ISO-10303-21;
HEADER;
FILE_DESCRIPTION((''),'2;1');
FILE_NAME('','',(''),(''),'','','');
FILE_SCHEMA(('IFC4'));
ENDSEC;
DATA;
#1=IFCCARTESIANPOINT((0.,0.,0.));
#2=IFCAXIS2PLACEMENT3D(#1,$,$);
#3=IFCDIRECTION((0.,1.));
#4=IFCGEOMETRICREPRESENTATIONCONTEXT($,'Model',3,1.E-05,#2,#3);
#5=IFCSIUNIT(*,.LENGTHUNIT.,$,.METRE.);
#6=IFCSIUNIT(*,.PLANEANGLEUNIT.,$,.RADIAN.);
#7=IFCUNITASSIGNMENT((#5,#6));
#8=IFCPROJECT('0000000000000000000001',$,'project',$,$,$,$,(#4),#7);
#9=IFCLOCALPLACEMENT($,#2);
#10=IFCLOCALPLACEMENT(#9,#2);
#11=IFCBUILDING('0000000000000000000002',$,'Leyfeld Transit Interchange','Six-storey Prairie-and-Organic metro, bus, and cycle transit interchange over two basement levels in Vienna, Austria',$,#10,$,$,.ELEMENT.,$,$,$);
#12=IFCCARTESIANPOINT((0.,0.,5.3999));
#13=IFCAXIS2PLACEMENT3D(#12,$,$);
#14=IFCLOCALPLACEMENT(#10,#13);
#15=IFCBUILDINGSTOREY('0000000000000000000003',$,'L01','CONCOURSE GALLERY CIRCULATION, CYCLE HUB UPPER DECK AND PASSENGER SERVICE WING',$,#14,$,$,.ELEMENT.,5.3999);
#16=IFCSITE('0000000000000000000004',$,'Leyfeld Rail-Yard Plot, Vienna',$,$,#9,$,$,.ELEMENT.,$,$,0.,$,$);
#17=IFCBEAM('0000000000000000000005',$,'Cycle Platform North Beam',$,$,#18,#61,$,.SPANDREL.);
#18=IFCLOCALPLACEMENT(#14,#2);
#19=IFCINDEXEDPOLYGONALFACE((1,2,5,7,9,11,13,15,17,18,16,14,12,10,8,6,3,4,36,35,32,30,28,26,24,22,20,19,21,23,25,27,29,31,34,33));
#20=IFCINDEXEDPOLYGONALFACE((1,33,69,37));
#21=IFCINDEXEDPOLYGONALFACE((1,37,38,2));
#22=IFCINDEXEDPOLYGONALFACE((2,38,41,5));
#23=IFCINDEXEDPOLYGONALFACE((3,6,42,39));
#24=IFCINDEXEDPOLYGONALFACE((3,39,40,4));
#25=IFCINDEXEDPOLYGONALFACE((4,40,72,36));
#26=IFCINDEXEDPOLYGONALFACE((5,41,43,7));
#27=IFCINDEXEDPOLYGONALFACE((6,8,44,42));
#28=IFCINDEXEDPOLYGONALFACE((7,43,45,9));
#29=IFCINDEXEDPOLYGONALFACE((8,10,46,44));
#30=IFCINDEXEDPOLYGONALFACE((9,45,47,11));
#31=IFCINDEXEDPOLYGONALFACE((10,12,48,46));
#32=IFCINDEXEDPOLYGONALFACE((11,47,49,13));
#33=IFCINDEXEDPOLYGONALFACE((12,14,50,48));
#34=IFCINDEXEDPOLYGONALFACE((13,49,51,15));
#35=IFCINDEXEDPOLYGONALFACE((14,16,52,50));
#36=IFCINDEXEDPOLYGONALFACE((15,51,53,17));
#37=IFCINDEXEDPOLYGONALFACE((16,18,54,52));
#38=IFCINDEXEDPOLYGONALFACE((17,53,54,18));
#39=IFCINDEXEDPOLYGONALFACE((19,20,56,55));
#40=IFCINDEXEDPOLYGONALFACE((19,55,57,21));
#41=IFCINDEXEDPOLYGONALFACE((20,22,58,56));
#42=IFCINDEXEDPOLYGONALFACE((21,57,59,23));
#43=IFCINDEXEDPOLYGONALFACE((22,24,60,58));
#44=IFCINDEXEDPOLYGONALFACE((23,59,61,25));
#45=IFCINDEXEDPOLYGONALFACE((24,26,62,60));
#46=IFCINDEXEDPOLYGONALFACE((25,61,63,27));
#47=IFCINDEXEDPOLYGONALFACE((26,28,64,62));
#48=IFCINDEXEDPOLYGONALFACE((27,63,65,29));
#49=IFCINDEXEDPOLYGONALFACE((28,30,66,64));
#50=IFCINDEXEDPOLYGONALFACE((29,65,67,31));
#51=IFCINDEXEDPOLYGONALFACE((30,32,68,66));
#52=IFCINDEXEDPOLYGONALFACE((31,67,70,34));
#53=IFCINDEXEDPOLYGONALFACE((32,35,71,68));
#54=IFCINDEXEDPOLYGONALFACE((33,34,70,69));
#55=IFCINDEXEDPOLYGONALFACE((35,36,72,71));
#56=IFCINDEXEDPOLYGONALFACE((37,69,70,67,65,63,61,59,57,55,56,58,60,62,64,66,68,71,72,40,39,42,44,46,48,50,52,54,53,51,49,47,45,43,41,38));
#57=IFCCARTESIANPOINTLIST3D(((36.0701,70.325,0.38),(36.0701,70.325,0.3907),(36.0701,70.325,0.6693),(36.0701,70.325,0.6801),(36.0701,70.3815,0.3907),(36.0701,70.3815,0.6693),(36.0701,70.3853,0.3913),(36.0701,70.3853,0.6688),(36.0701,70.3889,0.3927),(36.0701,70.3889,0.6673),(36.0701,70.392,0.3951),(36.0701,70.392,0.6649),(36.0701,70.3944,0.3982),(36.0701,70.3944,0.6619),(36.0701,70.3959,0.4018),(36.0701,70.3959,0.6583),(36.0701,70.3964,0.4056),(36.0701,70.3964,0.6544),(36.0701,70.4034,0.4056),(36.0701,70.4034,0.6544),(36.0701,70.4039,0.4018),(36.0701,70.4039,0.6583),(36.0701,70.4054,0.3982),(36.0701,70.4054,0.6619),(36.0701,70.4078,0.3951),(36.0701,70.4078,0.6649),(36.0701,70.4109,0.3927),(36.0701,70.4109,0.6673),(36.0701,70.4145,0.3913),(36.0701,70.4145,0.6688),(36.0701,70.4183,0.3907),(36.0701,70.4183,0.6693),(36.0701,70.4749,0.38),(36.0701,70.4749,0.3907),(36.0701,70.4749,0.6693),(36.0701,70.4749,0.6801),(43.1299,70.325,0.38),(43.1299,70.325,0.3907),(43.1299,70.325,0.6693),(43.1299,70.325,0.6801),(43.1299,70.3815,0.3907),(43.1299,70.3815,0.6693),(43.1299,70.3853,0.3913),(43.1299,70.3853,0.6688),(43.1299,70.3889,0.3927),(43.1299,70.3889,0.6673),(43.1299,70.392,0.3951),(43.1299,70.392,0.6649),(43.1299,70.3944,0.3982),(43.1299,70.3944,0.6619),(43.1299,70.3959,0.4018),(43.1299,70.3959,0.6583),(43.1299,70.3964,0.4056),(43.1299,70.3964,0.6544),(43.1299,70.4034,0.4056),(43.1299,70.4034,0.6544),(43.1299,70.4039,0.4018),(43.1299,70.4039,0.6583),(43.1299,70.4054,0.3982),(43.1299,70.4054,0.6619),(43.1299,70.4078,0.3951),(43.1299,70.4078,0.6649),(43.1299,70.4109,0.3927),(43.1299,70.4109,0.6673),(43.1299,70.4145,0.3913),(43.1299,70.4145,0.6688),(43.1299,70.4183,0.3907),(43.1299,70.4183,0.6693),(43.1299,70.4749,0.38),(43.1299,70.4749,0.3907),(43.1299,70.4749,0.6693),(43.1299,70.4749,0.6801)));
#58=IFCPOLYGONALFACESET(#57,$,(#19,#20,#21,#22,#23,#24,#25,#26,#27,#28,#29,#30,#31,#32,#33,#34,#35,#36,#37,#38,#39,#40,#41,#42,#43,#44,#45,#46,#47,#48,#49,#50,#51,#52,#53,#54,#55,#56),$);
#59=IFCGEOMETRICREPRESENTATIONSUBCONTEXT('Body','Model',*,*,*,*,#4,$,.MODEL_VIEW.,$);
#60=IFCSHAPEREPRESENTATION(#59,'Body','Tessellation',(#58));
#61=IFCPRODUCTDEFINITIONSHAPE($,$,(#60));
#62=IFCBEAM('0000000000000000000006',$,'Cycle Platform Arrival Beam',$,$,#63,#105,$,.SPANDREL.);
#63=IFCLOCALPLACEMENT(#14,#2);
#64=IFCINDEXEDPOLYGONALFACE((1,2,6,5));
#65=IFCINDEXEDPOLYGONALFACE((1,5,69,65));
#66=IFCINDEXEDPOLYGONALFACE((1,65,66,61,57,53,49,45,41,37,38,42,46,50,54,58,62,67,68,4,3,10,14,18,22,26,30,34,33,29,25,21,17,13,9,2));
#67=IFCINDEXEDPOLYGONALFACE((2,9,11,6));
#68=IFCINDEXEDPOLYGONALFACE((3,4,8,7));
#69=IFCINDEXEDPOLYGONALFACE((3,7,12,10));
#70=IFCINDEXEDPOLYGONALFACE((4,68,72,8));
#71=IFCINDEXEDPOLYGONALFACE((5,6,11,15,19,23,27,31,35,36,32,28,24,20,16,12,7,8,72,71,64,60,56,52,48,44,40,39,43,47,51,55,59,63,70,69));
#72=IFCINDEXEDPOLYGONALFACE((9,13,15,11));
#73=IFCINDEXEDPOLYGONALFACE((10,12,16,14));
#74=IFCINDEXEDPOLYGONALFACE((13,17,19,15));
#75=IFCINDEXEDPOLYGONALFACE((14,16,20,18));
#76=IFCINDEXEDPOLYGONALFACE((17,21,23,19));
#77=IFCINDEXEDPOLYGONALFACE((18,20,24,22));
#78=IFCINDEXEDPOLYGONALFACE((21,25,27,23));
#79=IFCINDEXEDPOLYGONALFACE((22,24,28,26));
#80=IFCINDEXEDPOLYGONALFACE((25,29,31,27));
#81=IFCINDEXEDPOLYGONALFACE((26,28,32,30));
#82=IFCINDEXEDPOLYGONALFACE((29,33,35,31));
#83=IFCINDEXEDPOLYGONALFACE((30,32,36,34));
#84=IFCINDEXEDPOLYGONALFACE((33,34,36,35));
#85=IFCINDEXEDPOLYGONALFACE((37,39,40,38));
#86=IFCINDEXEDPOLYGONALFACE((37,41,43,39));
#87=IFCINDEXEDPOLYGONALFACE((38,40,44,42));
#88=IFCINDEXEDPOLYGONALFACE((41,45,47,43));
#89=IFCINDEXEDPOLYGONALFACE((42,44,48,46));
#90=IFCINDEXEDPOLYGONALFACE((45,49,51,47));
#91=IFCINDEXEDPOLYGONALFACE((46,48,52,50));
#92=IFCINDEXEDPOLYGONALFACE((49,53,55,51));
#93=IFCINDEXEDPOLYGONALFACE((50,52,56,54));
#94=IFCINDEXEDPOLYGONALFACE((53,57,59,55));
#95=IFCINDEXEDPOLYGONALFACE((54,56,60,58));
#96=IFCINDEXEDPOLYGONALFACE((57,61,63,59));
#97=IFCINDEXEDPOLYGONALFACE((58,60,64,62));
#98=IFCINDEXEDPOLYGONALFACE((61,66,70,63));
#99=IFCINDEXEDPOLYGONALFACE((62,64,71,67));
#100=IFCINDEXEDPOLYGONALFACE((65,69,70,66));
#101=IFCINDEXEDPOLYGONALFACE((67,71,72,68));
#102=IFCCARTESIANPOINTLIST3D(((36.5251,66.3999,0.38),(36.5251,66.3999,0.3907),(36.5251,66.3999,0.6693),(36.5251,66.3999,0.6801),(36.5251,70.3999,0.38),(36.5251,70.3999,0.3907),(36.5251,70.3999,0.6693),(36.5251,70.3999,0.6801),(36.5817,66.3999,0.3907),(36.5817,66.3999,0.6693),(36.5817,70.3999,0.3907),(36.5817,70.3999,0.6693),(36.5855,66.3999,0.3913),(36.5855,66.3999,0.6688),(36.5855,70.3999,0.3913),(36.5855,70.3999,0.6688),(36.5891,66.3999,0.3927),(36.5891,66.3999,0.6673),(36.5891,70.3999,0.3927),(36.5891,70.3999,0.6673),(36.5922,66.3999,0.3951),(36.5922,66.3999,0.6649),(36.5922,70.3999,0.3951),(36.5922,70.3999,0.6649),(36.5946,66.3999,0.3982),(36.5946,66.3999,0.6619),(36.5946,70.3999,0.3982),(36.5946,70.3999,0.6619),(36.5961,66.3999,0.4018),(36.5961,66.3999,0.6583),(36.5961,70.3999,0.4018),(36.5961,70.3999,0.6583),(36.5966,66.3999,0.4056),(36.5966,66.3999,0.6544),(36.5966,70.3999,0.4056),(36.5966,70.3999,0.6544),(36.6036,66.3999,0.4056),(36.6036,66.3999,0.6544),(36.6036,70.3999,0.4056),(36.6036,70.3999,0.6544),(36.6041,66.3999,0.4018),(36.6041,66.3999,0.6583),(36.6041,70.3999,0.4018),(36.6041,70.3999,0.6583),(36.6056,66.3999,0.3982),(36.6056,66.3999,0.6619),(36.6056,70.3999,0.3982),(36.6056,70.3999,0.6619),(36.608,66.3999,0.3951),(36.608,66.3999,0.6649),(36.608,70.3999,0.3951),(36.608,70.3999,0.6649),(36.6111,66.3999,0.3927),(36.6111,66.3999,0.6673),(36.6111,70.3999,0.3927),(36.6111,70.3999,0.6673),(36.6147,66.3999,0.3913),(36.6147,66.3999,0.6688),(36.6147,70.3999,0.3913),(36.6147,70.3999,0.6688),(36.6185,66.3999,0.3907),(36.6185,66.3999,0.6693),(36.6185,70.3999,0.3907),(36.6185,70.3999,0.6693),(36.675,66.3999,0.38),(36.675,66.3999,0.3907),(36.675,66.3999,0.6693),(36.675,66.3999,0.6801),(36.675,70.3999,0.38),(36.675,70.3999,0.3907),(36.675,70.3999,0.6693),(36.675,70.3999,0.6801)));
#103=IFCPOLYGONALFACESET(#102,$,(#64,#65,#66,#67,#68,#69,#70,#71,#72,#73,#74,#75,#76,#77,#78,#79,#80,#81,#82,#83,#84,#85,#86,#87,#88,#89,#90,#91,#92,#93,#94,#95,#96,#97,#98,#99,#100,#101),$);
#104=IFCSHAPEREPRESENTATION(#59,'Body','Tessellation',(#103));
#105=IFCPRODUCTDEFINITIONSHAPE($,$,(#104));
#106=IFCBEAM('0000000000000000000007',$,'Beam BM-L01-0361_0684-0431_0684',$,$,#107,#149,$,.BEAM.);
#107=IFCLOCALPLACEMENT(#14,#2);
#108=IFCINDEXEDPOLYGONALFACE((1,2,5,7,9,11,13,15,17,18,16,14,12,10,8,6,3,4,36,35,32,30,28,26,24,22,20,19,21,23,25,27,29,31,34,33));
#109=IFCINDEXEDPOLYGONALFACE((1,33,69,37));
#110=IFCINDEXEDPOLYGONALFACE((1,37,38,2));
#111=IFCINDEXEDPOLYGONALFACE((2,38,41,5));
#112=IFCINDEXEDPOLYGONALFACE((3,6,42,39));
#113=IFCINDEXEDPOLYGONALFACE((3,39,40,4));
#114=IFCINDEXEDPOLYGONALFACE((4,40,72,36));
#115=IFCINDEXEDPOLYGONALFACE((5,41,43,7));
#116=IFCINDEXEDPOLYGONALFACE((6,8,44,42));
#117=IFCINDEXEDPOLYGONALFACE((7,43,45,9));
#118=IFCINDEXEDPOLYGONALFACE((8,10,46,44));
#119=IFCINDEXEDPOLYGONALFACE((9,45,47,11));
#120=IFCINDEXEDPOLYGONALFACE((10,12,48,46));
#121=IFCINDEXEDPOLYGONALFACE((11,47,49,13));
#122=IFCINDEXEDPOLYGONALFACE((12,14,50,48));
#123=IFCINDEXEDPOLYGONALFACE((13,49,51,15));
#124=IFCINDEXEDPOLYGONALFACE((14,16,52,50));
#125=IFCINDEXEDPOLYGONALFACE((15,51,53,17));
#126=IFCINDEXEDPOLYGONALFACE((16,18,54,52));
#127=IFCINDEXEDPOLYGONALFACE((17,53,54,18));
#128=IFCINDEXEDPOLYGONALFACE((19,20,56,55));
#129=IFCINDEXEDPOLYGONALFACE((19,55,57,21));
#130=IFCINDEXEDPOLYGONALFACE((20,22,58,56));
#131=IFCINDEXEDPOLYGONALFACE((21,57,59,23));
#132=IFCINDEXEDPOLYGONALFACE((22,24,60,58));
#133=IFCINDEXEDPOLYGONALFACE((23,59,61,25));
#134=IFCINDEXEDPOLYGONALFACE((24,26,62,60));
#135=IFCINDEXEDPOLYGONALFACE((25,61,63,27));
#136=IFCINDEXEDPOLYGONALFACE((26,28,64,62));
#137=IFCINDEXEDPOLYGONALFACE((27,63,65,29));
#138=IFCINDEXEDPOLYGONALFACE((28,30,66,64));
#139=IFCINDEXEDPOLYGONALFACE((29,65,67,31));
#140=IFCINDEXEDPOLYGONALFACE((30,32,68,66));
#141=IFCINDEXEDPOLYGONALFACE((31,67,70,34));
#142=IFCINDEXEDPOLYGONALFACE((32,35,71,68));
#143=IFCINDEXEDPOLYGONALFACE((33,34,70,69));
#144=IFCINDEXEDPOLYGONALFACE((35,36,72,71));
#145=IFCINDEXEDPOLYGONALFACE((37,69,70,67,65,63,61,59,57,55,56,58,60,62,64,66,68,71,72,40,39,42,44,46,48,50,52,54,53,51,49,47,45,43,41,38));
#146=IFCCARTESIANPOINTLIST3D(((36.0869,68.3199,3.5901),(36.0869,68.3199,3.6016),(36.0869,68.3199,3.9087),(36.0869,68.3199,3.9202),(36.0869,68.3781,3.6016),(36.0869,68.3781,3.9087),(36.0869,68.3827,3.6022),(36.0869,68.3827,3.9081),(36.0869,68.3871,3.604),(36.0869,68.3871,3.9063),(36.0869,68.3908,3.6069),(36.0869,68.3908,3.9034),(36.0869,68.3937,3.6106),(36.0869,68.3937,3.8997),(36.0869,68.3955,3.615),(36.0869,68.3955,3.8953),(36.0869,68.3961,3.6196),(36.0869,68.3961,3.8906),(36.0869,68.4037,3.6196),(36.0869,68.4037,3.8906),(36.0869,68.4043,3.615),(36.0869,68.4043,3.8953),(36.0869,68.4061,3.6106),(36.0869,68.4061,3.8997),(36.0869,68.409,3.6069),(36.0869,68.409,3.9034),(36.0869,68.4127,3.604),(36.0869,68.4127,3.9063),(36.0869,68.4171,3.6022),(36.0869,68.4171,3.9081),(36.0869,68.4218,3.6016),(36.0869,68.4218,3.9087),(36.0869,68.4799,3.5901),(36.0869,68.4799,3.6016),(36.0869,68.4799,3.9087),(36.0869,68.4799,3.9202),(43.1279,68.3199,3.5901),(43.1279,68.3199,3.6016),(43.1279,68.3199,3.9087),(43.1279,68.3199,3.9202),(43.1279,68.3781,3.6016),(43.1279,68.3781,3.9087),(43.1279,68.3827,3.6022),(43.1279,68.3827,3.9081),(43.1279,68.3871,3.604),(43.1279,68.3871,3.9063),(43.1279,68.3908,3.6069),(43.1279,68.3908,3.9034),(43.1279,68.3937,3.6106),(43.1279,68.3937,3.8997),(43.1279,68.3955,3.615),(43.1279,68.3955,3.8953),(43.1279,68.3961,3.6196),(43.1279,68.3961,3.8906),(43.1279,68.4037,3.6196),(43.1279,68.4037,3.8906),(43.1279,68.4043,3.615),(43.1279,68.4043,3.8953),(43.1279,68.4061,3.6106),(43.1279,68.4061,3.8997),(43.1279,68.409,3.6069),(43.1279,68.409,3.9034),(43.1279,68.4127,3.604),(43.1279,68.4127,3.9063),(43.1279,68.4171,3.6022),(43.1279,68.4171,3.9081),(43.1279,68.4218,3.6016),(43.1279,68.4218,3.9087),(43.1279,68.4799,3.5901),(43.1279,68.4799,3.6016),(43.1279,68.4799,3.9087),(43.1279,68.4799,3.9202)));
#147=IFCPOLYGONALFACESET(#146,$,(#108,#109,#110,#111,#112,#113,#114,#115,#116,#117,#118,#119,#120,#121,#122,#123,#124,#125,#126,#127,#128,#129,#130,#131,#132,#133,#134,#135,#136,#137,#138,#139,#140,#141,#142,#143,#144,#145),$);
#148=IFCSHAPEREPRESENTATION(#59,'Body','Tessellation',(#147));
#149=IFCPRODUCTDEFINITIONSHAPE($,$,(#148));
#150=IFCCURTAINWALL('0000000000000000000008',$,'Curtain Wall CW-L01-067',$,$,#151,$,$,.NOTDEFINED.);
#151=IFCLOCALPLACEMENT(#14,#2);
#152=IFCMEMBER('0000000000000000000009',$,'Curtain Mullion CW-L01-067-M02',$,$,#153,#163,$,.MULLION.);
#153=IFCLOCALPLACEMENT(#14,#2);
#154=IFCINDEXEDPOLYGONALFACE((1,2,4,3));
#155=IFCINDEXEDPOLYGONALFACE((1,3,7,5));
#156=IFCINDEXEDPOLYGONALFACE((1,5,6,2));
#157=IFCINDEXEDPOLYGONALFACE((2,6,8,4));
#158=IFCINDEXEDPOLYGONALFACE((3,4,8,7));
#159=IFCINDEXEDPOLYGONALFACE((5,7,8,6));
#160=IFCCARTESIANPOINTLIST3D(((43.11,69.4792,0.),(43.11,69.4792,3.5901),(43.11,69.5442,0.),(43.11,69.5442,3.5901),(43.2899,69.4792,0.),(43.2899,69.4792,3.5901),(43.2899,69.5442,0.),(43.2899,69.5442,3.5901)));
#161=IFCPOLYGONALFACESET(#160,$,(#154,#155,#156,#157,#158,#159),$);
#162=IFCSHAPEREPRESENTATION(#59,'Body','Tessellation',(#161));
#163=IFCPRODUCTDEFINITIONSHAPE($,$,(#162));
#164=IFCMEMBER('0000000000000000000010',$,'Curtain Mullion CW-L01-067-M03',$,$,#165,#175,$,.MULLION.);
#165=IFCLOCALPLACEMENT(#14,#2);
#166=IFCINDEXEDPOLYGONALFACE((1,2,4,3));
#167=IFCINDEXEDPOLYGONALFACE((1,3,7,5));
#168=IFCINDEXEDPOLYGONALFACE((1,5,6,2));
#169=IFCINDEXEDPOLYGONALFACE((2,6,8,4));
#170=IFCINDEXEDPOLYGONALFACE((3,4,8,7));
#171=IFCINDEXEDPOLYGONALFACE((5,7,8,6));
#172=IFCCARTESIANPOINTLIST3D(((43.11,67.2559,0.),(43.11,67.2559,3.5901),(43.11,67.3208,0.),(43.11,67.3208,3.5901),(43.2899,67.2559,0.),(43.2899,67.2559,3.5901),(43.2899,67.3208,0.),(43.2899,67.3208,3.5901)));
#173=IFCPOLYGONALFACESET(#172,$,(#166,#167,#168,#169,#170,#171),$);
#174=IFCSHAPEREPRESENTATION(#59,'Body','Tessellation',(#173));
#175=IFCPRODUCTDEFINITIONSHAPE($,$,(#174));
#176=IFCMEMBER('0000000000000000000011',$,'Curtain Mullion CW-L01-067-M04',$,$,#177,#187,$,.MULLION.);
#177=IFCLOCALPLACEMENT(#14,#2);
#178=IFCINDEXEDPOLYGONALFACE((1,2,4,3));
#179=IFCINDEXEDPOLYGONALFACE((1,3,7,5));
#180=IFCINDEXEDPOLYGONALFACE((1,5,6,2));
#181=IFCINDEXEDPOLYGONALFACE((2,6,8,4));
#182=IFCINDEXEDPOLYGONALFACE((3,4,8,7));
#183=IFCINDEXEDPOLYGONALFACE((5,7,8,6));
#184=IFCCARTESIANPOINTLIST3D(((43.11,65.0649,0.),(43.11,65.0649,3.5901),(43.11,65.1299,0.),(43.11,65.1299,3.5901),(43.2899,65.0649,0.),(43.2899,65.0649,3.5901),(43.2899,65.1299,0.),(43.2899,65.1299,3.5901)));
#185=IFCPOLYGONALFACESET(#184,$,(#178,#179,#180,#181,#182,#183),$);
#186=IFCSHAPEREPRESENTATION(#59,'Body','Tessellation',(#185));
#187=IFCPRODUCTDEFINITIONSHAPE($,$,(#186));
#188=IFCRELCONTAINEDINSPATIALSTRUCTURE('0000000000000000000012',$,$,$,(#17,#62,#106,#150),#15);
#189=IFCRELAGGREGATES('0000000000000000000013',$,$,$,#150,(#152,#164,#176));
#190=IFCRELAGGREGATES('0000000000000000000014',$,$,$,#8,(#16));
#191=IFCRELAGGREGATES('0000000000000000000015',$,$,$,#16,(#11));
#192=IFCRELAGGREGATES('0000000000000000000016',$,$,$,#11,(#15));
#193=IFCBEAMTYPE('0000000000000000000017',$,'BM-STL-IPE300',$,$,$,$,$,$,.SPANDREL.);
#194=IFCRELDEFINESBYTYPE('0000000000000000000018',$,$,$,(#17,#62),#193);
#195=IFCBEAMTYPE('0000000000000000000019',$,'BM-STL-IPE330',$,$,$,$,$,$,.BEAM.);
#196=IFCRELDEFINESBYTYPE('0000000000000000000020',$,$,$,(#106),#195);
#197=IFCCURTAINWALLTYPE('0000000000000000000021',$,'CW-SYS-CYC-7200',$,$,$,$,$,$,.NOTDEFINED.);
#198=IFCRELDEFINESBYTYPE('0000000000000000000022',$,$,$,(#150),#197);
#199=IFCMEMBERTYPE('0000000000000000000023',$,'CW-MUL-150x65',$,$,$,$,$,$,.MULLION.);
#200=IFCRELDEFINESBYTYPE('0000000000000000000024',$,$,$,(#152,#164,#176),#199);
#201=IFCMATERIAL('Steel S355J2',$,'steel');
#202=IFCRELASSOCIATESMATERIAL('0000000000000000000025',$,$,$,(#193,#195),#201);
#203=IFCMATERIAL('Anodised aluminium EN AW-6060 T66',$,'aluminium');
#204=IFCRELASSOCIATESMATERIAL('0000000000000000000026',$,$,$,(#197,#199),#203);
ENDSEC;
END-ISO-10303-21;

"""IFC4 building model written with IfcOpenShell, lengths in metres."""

from ifc_helpers import new_model, si_unit, direction, frame, origin, origin_2d, place, context, subcontext, project, spatial, rectangle, i_section, extrude, material, material_profile, profile_set, type_object, element, aggregate, save


model = new_model("IFC4")

# Units and contexts
model_context = context("Model", 3, precision=1e-05, world=origin(), true_north=direction((0.0, 1.0)))
body_context = subcontext(model_context, "Body", "Model", "MODEL_VIEW")
ifc_project = project(units=[si_unit("LENGTHUNIT", "METRE"), si_unit("PLANEANGLEUNIT", "RADIAN")], contexts=[model_context])

# Site, building, storey
site_placement = place(None, origin())
site = spatial("IfcSite", under=ifc_project, at=site_placement, Name="Leyfeld Rail-Yard Plot, Vienna", CompositionType="ELEMENT", RefElevation=0.0)
building_placement = place(site_placement, origin())
building = spatial("IfcBuilding", under=site, at=building_placement, Name="Leyfeld Transit Interchange", Description="Six-storey Prairie-and-Organic metro, bus, and cycle transit interchange over two basement levels in Vienna, Austria", CompositionType="ELEMENT")
storey_placement = place(building_placement, frame((0.0, 0.0, 5.3999)))
storey = spatial("IfcBuildingStorey", under=building, at=storey_placement, Name="L01", Description="CONCOURSE GALLERY CIRCULATION, CYCLE HUB UPPER DECK AND PASSENGER SERVICE WING", CompositionType="ELEMENT", Elevation=5.3999)

# Beams
ifc_material_1 = material(Name="Steel S355J2", Category="steel")
ifc_material_profile_1 = material_profile(ifc_material_1, i_section(OverallWidth=0.1499, OverallDepth=0.3, WebThickness=0.0071, FlangeThickness=0.0107, FilletRadius=0.0149, at=origin_2d()), Name="IPE 300")
ifc_profile_set_1 = profile_set([ifc_material_profile_1], Name="Steel S355J2")
beam_type_1 = type_object("IfcBeamType", Name="BM-STL-IPE300", PredefinedType="SPANDREL", material=ifc_profile_set_1)
for number, where, z_axis, x_axis, name in (
    (1, (36.0701, 70.3999, 0.53), (1.0, 0.0, 0.0), (0.0, 1.0, 0.0), "Cycle Platform North Beam"),
):
    element("IfcBeam", number, at=place(storey_placement, frame(where, z_axis=z_axis, x_axis=x_axis)), inside=storey, type_object=beam_type_1, Name=name, PredefinedType="SPANDREL", context=body_context, shape_type="SweptSolid", body=[
        extrude(i_section(OverallWidth=0.1499, OverallDepth=0.3, WebThickness=0.0071, FlangeThickness=0.0107, FilletRadius=0.0149, at=origin_2d()), origin(), (0.0, 0.0, 1.0), 7.0598),
    ])
beam_1_placement = place(storey_placement, frame((36.6001, 66.3999, 0.53), z_axis=(0.0, 1.0, 0.0), x_axis=(-1.0, 0.0, 0.0)))
element("IfcBeam", 2, at=beam_1_placement, inside=storey, type_object=beam_type_1, Name="Cycle Platform Arrival Beam", PredefinedType="SPANDREL", context=body_context, shape_type="SweptSolid", body=[
    extrude(i_section(OverallWidth=0.1499, OverallDepth=0.3, WebThickness=0.0071, FlangeThickness=0.0107, FilletRadius=0.0149, at=origin_2d()), origin(), (0.0, 0.0, 1.0), 4.0),
])
ifc_material_profile_2 = material_profile(ifc_material_1, i_section(OverallWidth=0.1599, OverallDepth=0.3301, WebThickness=0.0076, FlangeThickness=0.0115, FilletRadius=0.0181, at=origin_2d()), Name="IPE 330")
ifc_profile_set_2 = profile_set([ifc_material_profile_2], Name="Steel S355J2")
beam_type_2 = type_object("IfcBeamType", Name="BM-STL-IPE330", PredefinedType="BEAM", material=ifc_profile_set_2)
beam_2_placement = place(storey_placement, frame((36.0869, 68.3999, 3.7551), z_axis=(1.0, 0.0, 0.0), x_axis=(0.0, 1.0, 0.0)))
element("IfcBeam", 3, at=beam_2_placement, inside=storey, type_object=beam_type_2, Name="Beam BM-L01-0361_0684-0431_0684", PredefinedType="BEAM", context=body_context, shape_type="SweptSolid", body=[
    extrude(i_section(OverallWidth=0.1599, OverallDepth=0.3301, WebThickness=0.0076, FlangeThickness=0.0115, FilletRadius=0.0181, at=origin_2d()), origin(), (0.0, 0.0, 1.0), 7.041),
])

# Curtain wall, members
ifc_material_2 = material(Name="Anodised aluminium EN AW-6060 T66", Category="aluminium")
curtain_wall_type = type_object("IfcCurtainWallType", Name="CW-SYS-CYC-7200", PredefinedType="NOTDEFINED", material=ifc_material_2)
curtain_wall_placement = place(storey_placement, origin())
curtain_wall = element("IfcCurtainWall", 4, at=curtain_wall_placement, inside=storey, type_object=curtain_wall_type, Name="Curtain Wall CW-L01-067", PredefinedType="NOTDEFINED")
ifc_material_profile_3 = material_profile(ifc_material_2, rectangle(XDim=0.0649, YDim=0.1799, at=origin_2d()), Name="CW-M 65x180")
ifc_profile_set_3 = profile_set([ifc_material_profile_3], Name="Anodised aluminium EN AW-6060 T66")
member_type_1 = type_object("IfcMemberType", Name="CW-MUL-150x65", PredefinedType="MULLION", material=ifc_profile_set_3)
member_1_placement = place(storey_placement, frame((43.2, 69.5117, 0.0), z_axis=(0.0, 0.0, 1.0), x_axis=(0.0, -1.0, 0.0)))
member_1 = element("IfcMember", 5, at=member_1_placement, type_object=member_type_1, Name="Curtain Mullion CW-L01-067-M02", PredefinedType="MULLION", context=body_context, shape_type="SweptSolid", body=[
    extrude(rectangle(XDim=0.0649, YDim=0.1799, at=origin_2d()), origin(), (0.0, 0.0, 1.0), 3.5901),
])
member_2_placement = place(storey_placement, frame((43.2, 67.2883, 0.0), z_axis=(0.0, 0.0, 1.0), x_axis=(0.0, -1.0, 0.0)))
member_2 = element("IfcMember", 6, at=member_2_placement, type_object=member_type_1, Name="Curtain Mullion CW-L01-067-M03", PredefinedType="MULLION", context=body_context, shape_type="SweptSolid", body=[
    extrude(rectangle(XDim=0.0649, YDim=0.1799, at=origin_2d()), origin(), (0.0, 0.0, 1.0), 3.5901),
])
member_3_placement = place(storey_placement, frame((43.2, 65.0974, 0.0), z_axis=(0.0, 0.0, 1.0), x_axis=(0.0, -1.0, 0.0)))
member_3 = element("IfcMember", 7, at=member_3_placement, type_object=member_type_1, Name="Curtain Mullion CW-L01-067-M04", PredefinedType="MULLION", context=body_context, shape_type="SweptSolid", body=[
    extrude(rectangle(XDim=0.0649, YDim=0.1799, at=origin_2d()), origin(), (0.0, 0.0, 1.0), 3.5901),
])

aggregate(curtain_wall, [member_1, member_2, member_3])

save(model, "model.ifc")
